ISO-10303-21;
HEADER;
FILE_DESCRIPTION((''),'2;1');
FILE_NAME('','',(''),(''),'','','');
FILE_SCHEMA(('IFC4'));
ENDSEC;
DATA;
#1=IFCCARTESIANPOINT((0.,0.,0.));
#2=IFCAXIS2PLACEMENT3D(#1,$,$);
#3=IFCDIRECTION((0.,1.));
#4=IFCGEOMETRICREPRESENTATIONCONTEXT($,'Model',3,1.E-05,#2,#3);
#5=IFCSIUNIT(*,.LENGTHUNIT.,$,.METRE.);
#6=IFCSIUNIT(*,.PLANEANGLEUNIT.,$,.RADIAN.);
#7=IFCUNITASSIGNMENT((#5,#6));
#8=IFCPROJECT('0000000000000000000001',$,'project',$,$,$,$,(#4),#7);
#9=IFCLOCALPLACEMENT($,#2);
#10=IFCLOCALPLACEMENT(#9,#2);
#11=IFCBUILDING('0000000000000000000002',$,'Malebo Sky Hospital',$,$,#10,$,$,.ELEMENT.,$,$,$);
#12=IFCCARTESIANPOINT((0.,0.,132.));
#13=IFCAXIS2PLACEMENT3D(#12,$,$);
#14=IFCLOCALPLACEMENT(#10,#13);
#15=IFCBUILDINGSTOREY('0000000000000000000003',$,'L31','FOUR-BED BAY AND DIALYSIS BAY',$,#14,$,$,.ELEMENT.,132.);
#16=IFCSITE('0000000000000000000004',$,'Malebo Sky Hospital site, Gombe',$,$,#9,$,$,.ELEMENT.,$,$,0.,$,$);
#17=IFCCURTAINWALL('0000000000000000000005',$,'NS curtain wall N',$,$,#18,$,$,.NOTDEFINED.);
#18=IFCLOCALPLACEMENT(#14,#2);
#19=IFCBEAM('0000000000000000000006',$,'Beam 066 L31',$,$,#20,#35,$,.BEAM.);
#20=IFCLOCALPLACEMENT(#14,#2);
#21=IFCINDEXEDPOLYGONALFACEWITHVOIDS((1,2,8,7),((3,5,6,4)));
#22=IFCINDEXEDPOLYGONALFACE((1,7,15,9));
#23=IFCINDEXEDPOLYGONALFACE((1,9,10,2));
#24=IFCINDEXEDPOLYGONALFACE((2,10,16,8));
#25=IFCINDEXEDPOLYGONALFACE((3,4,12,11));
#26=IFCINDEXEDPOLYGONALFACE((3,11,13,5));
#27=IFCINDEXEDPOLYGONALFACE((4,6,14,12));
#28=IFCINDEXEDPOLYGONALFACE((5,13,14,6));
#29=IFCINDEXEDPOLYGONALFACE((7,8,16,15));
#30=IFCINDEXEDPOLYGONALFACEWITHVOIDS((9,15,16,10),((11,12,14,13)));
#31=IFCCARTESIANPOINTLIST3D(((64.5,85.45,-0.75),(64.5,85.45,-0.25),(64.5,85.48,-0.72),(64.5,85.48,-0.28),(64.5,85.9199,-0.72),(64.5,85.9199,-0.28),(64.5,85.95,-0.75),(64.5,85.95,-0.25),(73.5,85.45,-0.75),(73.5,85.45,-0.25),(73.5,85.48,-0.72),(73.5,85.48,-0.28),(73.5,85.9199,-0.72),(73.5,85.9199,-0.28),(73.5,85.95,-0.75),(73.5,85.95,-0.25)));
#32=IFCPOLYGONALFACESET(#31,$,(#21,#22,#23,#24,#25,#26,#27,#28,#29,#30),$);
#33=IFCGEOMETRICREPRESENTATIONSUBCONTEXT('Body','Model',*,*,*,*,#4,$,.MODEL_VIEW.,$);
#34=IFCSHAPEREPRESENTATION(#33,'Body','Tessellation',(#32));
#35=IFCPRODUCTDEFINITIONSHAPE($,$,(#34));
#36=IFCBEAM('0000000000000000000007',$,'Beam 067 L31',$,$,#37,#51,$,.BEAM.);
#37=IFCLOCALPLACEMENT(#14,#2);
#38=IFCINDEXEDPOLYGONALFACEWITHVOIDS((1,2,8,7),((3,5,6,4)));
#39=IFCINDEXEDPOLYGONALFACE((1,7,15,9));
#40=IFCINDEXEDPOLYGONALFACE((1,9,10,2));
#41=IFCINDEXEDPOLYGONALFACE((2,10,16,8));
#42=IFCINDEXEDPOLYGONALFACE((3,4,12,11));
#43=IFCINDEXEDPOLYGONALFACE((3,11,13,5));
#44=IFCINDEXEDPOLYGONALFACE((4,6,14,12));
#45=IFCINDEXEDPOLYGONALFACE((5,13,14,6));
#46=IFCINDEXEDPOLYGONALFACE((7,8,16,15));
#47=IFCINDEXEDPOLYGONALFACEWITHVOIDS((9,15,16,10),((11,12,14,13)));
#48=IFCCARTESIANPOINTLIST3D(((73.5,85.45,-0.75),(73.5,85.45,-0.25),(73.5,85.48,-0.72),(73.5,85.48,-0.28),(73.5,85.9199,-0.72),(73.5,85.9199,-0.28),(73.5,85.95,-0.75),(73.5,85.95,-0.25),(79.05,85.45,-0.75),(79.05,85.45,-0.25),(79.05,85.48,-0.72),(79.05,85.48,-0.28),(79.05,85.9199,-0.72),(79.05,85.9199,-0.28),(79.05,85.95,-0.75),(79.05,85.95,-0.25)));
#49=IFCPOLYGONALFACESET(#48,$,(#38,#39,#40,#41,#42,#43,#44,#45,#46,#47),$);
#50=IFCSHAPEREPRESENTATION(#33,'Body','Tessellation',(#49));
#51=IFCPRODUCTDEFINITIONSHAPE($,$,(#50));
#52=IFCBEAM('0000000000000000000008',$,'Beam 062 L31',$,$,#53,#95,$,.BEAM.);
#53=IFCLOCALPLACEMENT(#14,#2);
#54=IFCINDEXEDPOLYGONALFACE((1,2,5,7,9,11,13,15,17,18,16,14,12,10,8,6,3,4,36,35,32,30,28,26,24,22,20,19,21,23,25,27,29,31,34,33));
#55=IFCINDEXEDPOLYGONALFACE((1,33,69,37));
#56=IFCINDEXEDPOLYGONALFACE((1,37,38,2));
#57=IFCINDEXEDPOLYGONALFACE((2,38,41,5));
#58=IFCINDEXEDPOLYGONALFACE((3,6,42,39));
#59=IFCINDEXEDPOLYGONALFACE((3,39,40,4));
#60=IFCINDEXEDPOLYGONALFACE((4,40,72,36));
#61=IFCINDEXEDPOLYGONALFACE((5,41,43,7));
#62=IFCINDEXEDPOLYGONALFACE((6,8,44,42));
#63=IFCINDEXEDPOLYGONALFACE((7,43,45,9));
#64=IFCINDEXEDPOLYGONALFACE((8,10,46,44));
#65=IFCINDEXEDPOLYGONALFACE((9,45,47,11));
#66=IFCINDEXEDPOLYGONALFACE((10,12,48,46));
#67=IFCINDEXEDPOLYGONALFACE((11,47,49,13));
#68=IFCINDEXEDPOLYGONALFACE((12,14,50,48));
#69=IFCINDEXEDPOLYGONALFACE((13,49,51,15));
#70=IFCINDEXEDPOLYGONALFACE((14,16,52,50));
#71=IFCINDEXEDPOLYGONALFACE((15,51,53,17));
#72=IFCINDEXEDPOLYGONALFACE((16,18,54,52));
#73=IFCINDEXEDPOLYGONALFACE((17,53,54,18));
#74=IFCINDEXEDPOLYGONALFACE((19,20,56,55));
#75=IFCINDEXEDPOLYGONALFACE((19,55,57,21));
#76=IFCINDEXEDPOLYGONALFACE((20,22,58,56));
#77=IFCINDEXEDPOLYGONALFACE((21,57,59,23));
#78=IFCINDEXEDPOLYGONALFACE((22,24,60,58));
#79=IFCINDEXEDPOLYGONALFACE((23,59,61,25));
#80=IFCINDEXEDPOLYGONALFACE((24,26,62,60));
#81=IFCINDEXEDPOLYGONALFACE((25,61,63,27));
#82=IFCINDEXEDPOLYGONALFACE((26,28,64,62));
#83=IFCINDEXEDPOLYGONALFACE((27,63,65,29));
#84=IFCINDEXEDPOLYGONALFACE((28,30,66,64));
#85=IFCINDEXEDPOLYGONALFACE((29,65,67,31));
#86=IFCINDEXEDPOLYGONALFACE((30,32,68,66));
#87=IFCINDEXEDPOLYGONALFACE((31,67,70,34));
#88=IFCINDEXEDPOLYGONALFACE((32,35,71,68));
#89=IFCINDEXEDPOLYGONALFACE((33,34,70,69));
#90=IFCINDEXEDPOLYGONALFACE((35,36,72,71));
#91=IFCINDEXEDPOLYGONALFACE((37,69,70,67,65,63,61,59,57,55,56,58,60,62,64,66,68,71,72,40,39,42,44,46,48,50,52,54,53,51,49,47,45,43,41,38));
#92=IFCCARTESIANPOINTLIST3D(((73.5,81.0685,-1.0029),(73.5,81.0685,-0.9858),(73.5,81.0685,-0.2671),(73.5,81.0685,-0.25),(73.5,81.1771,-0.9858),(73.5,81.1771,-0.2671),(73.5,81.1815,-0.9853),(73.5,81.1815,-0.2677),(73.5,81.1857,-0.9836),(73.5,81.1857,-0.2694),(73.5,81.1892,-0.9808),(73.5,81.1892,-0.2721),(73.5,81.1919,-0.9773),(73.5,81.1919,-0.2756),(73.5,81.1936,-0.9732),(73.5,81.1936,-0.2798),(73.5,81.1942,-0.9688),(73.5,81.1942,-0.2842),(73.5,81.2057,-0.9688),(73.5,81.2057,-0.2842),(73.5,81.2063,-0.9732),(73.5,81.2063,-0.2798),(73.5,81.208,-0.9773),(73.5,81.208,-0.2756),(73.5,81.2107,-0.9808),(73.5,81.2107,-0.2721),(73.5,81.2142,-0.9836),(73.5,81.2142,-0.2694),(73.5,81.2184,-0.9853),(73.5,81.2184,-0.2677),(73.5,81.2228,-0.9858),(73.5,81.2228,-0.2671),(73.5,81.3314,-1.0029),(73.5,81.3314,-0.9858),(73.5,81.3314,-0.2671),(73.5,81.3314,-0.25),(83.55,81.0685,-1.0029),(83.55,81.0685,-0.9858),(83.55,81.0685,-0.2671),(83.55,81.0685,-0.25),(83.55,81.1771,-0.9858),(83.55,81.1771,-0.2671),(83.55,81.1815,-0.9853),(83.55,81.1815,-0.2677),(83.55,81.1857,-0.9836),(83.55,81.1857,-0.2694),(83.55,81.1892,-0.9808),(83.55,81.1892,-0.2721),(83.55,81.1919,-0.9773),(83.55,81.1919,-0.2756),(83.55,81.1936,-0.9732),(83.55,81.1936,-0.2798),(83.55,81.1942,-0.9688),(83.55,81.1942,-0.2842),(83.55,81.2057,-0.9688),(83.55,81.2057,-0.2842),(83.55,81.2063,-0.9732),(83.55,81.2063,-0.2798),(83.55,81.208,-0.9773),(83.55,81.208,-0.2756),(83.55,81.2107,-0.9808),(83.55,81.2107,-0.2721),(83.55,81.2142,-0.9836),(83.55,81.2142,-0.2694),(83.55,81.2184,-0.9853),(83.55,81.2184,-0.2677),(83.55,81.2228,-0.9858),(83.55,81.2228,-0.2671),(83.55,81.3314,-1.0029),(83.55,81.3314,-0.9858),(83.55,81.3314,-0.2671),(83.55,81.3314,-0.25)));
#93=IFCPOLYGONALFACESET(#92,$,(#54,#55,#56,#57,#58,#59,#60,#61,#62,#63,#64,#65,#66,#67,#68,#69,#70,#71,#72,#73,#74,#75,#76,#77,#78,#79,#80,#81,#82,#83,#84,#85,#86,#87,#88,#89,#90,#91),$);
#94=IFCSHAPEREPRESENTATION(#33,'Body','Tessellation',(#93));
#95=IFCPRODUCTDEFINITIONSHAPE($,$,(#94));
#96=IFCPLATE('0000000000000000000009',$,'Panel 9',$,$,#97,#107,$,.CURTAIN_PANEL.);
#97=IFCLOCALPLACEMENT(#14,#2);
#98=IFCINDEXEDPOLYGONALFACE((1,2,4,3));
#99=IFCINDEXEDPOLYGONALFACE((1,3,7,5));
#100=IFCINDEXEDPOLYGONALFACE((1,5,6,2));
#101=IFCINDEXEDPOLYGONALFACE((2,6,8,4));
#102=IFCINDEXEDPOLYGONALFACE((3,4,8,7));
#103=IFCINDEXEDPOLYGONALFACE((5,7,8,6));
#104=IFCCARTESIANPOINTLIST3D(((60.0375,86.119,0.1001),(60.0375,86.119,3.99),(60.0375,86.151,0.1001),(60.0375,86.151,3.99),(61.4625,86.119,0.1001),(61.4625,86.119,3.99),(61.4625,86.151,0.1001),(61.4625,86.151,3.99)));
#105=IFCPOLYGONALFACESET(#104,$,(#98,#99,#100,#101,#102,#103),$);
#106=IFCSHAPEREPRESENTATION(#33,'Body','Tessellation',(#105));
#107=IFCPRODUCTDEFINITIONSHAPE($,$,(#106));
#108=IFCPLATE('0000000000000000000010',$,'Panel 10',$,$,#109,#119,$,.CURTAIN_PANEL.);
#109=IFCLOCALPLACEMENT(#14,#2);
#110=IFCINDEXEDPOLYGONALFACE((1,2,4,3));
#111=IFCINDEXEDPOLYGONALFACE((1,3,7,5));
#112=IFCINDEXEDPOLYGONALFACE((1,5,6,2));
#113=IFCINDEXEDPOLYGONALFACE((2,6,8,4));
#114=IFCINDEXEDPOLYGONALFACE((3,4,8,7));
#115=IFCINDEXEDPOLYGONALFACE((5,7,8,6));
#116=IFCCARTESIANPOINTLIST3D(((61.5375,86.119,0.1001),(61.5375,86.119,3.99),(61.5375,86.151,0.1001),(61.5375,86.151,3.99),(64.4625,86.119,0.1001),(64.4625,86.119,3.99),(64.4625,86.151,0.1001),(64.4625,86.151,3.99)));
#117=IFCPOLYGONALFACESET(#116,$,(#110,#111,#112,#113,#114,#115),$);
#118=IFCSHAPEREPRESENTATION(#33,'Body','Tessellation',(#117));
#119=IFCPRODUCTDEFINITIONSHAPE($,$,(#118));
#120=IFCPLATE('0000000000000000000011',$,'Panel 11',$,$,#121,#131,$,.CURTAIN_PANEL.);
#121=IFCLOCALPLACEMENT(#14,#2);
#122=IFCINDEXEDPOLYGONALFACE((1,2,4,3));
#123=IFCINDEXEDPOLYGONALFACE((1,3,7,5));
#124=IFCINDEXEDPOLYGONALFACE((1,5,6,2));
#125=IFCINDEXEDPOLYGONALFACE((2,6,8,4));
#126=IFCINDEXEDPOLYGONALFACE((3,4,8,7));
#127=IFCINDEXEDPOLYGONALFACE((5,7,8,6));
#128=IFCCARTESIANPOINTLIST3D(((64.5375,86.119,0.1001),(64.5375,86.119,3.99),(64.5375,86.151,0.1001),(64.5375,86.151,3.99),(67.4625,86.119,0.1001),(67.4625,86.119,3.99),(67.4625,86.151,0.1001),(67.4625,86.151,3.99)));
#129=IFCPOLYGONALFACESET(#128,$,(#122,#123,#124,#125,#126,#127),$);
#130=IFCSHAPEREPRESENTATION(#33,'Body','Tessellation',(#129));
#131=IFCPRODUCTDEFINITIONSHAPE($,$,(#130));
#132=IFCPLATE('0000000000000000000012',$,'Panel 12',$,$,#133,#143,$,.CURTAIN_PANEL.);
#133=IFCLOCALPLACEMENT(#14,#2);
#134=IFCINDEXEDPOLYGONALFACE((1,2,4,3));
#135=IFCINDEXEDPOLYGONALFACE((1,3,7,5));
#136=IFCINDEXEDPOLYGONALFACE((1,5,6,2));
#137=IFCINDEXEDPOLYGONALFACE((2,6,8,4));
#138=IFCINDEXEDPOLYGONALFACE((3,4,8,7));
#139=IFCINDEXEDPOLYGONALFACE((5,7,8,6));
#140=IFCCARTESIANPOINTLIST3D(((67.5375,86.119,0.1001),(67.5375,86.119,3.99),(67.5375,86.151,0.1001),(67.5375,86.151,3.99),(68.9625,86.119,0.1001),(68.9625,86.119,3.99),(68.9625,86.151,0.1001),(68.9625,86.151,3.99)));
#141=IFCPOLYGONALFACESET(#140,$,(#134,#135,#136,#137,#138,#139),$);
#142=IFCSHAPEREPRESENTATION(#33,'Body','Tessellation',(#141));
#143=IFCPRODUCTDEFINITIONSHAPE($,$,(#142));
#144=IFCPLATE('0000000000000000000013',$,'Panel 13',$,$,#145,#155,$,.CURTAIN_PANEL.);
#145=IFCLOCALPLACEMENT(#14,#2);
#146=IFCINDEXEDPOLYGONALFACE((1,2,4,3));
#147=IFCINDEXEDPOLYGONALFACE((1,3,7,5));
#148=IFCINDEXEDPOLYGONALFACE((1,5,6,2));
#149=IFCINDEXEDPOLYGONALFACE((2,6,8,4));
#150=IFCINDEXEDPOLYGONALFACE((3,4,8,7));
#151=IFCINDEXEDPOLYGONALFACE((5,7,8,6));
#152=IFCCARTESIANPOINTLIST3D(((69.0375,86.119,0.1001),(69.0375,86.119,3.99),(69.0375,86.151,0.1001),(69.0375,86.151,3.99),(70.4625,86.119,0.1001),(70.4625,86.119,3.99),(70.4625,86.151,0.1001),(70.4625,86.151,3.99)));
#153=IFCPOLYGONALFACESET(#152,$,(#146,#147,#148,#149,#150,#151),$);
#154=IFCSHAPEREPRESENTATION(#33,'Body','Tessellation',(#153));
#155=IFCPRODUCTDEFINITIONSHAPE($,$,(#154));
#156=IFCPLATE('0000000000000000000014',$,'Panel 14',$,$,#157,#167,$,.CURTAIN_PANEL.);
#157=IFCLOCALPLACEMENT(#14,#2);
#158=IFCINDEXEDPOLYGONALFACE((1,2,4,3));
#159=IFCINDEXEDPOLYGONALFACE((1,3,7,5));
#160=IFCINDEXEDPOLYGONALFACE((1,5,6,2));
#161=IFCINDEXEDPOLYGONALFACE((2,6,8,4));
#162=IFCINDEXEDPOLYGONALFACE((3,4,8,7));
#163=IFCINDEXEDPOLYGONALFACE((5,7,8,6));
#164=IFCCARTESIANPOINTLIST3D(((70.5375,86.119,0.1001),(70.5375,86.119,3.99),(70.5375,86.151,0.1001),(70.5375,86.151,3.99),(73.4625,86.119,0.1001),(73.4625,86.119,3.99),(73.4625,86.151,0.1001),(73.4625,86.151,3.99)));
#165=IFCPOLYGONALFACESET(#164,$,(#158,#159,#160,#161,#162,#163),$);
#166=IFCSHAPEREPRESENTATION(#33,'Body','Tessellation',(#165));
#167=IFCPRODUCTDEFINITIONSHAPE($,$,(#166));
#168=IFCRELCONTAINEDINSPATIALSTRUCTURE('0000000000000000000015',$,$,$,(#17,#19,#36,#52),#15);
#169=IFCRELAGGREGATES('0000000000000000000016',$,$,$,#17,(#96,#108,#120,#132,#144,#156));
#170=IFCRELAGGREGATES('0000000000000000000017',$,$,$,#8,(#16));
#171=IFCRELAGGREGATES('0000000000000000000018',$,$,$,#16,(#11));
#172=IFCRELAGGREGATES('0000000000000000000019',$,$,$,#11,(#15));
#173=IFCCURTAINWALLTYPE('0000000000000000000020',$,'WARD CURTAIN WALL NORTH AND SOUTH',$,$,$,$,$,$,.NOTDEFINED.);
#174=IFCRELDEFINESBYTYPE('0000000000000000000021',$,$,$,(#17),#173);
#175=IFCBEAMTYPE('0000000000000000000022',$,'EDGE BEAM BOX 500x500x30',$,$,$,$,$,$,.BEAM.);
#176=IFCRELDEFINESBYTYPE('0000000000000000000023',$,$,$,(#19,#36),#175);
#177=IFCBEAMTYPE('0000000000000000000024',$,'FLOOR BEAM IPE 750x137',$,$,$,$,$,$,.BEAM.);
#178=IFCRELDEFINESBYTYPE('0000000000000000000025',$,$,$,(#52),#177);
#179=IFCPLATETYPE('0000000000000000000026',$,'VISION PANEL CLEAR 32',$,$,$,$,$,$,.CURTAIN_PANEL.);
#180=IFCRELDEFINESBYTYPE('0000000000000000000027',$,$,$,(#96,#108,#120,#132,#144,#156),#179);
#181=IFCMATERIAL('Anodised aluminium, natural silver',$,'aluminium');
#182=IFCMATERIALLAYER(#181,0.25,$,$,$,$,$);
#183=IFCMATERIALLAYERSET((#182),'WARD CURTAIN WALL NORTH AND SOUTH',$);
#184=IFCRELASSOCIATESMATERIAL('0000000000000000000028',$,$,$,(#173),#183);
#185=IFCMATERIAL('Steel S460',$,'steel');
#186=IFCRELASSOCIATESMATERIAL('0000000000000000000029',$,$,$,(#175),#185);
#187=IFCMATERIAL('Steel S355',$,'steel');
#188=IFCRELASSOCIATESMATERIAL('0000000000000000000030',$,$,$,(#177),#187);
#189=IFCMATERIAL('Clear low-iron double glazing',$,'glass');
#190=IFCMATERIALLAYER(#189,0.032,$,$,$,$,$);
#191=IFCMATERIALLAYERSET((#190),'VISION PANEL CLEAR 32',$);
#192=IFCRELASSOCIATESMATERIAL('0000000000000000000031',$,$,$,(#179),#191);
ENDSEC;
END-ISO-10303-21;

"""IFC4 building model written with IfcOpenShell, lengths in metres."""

from ifc_helpers import new_model, si_unit, direction, frame, origin, origin_2d, place, context, subcontext, project, spatial, rectangle, hollow_rectangle, i_section, extrude, material, layer, layer_set, material_profile, profile_set, type_object, element, aggregate, save


model = new_model("IFC4")

# Units and contexts
model_context = context("Model", 3, precision=1e-05, world=origin(), true_north=direction((0.0, 1.0)))
body_context = subcontext(model_context, "Body", "Model", "MODEL_VIEW")
ifc_project = project(units=[si_unit("LENGTHUNIT", "METRE"), si_unit("PLANEANGLEUNIT", "RADIAN")], contexts=[model_context])

# Site, building, storey
site_placement = place(None, origin())
site = spatial("IfcSite", under=ifc_project, at=site_placement, Name="Malebo Sky Hospital site, Gombe", CompositionType="ELEMENT", RefElevation=0.0)
building_placement = place(site_placement, origin())
building = spatial("IfcBuilding", under=site, at=building_placement, Name="Malebo Sky Hospital", CompositionType="ELEMENT")
storey_placement = place(building_placement, frame((0.0, 0.0, 132.0)))
storey = spatial("IfcBuildingStorey", under=building, at=storey_placement, Name="L31", Description="FOUR-BED BAY AND DIALYSIS BAY", CompositionType="ELEMENT", Elevation=132.0)

# Shared definitions
ifc_material_1 = material(Name="Steel S460", Category="steel")

# Curtain wall
ifc_material_2 = material(Name="Anodised aluminium, natural silver", Category="aluminium")
ifc_layer_1 = layer(ifc_material_2, 0.25)
ifc_layer_set_1 = layer_set([ifc_layer_1], Name="WARD CURTAIN WALL NORTH AND SOUTH")
curtain_wall_type = type_object("IfcCurtainWallType", Name="WARD CURTAIN WALL NORTH AND SOUTH", PredefinedType="NOTDEFINED", material=ifc_layer_set_1)
curtain_wall_placement = place(storey_placement, origin())
curtain_wall = element("IfcCurtainWall", 1, at=curtain_wall_placement, inside=storey, type_object=curtain_wall_type, Name="NS curtain wall N", PredefinedType="NOTDEFINED")

# Beams
ifc_material_profile_1 = material_profile(ifc_material_1, hollow_rectangle(XDim=0.5, YDim=0.5, WallThickness=0.03, at=origin_2d()), Name="BOX 500x500x30")
ifc_profile_set_1 = profile_set([ifc_material_profile_1], Name="Steel S460")
beam_type_1 = type_object("IfcBeamType", Name="EDGE BEAM BOX 500x500x30", PredefinedType="BEAM", material=ifc_profile_set_1)
beam_1_placement = place(storey_placement, frame((64.5, 85.7, -0.5), z_axis=(1.0, 0.0, 0.0), x_axis=(0.0, 1.0, 0.0)))
element("IfcBeam", 2, at=beam_1_placement, inside=storey, type_object=beam_type_1, Name="Beam 066 L31", PredefinedType="BEAM", context=body_context, shape_type="SweptSolid", body=[
    extrude(hollow_rectangle(XDim=0.5, YDim=0.5, WallThickness=0.03, at=origin_2d()), origin(), (0.0, 0.0, 1.0), 9.0),
])
beam_2_placement = place(storey_placement, frame((73.5, 85.7, -0.5), z_axis=(1.0, 0.0, 0.0), x_axis=(0.0, 1.0, 0.0)))
element("IfcBeam", 3, at=beam_2_placement, inside=storey, type_object=beam_type_1, Name="Beam 067 L31", PredefinedType="BEAM", context=body_context, shape_type="SweptSolid", body=[
    extrude(hollow_rectangle(XDim=0.5, YDim=0.5, WallThickness=0.03, at=origin_2d()), origin(), (0.0, 0.0, 1.0), 5.55),
])
ifc_material_3 = material(Name="Steel S355", Category="steel")
ifc_material_profile_2 = material_profile(ifc_material_3, i_section(OverallWidth=0.2629, OverallDepth=0.7529, WebThickness=0.0115, FlangeThickness=0.0171, FilletRadius=0.0171, at=origin_2d()), Name="IPE 750x137")
ifc_profile_set_2 = profile_set([ifc_material_profile_2], Name="Steel S355")
beam_type_2 = type_object("IfcBeamType", Name="FLOOR BEAM IPE 750x137", PredefinedType="BEAM", material=ifc_profile_set_2)
beam_3_placement = place(storey_placement, frame((73.5, 81.2, -0.6265), z_axis=(1.0, 0.0, 0.0), x_axis=(0.0, 1.0, 0.0)))
element("IfcBeam", 4, at=beam_3_placement, inside=storey, type_object=beam_type_2, Name="Beam 062 L31", PredefinedType="BEAM", context=body_context, shape_type="SweptSolid", body=[
    extrude(i_section(OverallWidth=0.2629, OverallDepth=0.7529, WebThickness=0.0115, FlangeThickness=0.0171, FilletRadius=0.0171, at=origin_2d()), origin(), (0.0, 0.0, 1.0), 10.05),
])

# Plates
ifc_material_4 = material(Name="Clear low-iron double glazing", Category="glass")
ifc_layer_2 = layer(ifc_material_4, 0.032)
ifc_layer_set_2 = layer_set([ifc_layer_2], Name="VISION PANEL CLEAR 32")
plate_type = type_object("IfcPlateType", Name="VISION PANEL CLEAR 32", PredefinedType="CURTAIN_PANEL", material=ifc_layer_set_2)
plate_1_placement = place(storey_placement, frame((60.75, 86.135, 0.1001), z_axis=(0.0, 0.0, 1.0), x_axis=(1.0, 0.0, 0.0)))
plate_1 = element("IfcPlate", 5, at=plate_1_placement, type_object=plate_type, Name="Panel 9", PredefinedType="CURTAIN_PANEL", context=body_context, shape_type="SweptSolid", body=[
    extrude(rectangle(XDim=1.425, YDim=0.032, at=origin_2d()), origin(), (0.0, 0.0, 1.0), 3.8899),
])
plate_2_placement = place(storey_placement, frame((63.0, 86.135, 0.1001), z_axis=(0.0, 0.0, 1.0), x_axis=(1.0, 0.0, 0.0)))
plate_2 = element("IfcPlate", 6, at=plate_2_placement, type_object=plate_type, Name="Panel 10", PredefinedType="CURTAIN_PANEL", context=body_context, shape_type="SweptSolid", body=[
    extrude(rectangle(XDim=2.925, YDim=0.032, at=origin_2d()), origin(), (0.0, 0.0, 1.0), 3.8899),
])
plate_3_placement = place(storey_placement, frame((66.0, 86.135, 0.1001), z_axis=(0.0, 0.0, 1.0), x_axis=(1.0, 0.0, 0.0)))
plate_3 = element("IfcPlate", 7, at=plate_3_placement, type_object=plate_type, Name="Panel 11", PredefinedType="CURTAIN_PANEL", context=body_context, shape_type="SweptSolid", body=[
    extrude(rectangle(XDim=2.925, YDim=0.032, at=origin_2d()), origin(), (0.0, 0.0, 1.0), 3.8899),
])
plate_4_placement = place(storey_placement, frame((68.25, 86.135, 0.1001), z_axis=(0.0, 0.0, 1.0), x_axis=(1.0, 0.0, 0.0)))
plate_4 = element("IfcPlate", 8, at=plate_4_placement, type_object=plate_type, Name="Panel 12", PredefinedType="CURTAIN_PANEL", context=body_context, shape_type="SweptSolid", body=[
    extrude(rectangle(XDim=1.425, YDim=0.032, at=origin_2d()), origin(), (0.0, 0.0, 1.0), 3.8899),
])
plate_5_placement = place(storey_placement, frame((69.75, 86.135, 0.1001), z_axis=(0.0, 0.0, 1.0), x_axis=(1.0, 0.0, 0.0)))
plate_5 = element("IfcPlate", 9, at=plate_5_placement, type_object=plate_type, Name="Panel 13", PredefinedType="CURTAIN_PANEL", context=body_context, shape_type="SweptSolid", body=[
    extrude(rectangle(XDim=1.425, YDim=0.032, at=origin_2d()), origin(), (0.0, 0.0, 1.0), 3.8899),
])
plate_6_placement = place(storey_placement, frame((72.0, 86.135, 0.1001), z_axis=(0.0, 0.0, 1.0), x_axis=(1.0, 0.0, 0.0)))
plate_6 = element("IfcPlate", 10, at=plate_6_placement, type_object=plate_type, Name="Panel 14", PredefinedType="CURTAIN_PANEL", context=body_context, shape_type="SweptSolid", body=[
    extrude(rectangle(XDim=2.925, YDim=0.032, at=origin_2d()), origin(), (0.0, 0.0, 1.0), 3.8899),
])
aggregate(curtain_wall, [plate_1, plate_2, plate_3, plate_4, plate_5, plate_6])

save(model, "model.ifc")
